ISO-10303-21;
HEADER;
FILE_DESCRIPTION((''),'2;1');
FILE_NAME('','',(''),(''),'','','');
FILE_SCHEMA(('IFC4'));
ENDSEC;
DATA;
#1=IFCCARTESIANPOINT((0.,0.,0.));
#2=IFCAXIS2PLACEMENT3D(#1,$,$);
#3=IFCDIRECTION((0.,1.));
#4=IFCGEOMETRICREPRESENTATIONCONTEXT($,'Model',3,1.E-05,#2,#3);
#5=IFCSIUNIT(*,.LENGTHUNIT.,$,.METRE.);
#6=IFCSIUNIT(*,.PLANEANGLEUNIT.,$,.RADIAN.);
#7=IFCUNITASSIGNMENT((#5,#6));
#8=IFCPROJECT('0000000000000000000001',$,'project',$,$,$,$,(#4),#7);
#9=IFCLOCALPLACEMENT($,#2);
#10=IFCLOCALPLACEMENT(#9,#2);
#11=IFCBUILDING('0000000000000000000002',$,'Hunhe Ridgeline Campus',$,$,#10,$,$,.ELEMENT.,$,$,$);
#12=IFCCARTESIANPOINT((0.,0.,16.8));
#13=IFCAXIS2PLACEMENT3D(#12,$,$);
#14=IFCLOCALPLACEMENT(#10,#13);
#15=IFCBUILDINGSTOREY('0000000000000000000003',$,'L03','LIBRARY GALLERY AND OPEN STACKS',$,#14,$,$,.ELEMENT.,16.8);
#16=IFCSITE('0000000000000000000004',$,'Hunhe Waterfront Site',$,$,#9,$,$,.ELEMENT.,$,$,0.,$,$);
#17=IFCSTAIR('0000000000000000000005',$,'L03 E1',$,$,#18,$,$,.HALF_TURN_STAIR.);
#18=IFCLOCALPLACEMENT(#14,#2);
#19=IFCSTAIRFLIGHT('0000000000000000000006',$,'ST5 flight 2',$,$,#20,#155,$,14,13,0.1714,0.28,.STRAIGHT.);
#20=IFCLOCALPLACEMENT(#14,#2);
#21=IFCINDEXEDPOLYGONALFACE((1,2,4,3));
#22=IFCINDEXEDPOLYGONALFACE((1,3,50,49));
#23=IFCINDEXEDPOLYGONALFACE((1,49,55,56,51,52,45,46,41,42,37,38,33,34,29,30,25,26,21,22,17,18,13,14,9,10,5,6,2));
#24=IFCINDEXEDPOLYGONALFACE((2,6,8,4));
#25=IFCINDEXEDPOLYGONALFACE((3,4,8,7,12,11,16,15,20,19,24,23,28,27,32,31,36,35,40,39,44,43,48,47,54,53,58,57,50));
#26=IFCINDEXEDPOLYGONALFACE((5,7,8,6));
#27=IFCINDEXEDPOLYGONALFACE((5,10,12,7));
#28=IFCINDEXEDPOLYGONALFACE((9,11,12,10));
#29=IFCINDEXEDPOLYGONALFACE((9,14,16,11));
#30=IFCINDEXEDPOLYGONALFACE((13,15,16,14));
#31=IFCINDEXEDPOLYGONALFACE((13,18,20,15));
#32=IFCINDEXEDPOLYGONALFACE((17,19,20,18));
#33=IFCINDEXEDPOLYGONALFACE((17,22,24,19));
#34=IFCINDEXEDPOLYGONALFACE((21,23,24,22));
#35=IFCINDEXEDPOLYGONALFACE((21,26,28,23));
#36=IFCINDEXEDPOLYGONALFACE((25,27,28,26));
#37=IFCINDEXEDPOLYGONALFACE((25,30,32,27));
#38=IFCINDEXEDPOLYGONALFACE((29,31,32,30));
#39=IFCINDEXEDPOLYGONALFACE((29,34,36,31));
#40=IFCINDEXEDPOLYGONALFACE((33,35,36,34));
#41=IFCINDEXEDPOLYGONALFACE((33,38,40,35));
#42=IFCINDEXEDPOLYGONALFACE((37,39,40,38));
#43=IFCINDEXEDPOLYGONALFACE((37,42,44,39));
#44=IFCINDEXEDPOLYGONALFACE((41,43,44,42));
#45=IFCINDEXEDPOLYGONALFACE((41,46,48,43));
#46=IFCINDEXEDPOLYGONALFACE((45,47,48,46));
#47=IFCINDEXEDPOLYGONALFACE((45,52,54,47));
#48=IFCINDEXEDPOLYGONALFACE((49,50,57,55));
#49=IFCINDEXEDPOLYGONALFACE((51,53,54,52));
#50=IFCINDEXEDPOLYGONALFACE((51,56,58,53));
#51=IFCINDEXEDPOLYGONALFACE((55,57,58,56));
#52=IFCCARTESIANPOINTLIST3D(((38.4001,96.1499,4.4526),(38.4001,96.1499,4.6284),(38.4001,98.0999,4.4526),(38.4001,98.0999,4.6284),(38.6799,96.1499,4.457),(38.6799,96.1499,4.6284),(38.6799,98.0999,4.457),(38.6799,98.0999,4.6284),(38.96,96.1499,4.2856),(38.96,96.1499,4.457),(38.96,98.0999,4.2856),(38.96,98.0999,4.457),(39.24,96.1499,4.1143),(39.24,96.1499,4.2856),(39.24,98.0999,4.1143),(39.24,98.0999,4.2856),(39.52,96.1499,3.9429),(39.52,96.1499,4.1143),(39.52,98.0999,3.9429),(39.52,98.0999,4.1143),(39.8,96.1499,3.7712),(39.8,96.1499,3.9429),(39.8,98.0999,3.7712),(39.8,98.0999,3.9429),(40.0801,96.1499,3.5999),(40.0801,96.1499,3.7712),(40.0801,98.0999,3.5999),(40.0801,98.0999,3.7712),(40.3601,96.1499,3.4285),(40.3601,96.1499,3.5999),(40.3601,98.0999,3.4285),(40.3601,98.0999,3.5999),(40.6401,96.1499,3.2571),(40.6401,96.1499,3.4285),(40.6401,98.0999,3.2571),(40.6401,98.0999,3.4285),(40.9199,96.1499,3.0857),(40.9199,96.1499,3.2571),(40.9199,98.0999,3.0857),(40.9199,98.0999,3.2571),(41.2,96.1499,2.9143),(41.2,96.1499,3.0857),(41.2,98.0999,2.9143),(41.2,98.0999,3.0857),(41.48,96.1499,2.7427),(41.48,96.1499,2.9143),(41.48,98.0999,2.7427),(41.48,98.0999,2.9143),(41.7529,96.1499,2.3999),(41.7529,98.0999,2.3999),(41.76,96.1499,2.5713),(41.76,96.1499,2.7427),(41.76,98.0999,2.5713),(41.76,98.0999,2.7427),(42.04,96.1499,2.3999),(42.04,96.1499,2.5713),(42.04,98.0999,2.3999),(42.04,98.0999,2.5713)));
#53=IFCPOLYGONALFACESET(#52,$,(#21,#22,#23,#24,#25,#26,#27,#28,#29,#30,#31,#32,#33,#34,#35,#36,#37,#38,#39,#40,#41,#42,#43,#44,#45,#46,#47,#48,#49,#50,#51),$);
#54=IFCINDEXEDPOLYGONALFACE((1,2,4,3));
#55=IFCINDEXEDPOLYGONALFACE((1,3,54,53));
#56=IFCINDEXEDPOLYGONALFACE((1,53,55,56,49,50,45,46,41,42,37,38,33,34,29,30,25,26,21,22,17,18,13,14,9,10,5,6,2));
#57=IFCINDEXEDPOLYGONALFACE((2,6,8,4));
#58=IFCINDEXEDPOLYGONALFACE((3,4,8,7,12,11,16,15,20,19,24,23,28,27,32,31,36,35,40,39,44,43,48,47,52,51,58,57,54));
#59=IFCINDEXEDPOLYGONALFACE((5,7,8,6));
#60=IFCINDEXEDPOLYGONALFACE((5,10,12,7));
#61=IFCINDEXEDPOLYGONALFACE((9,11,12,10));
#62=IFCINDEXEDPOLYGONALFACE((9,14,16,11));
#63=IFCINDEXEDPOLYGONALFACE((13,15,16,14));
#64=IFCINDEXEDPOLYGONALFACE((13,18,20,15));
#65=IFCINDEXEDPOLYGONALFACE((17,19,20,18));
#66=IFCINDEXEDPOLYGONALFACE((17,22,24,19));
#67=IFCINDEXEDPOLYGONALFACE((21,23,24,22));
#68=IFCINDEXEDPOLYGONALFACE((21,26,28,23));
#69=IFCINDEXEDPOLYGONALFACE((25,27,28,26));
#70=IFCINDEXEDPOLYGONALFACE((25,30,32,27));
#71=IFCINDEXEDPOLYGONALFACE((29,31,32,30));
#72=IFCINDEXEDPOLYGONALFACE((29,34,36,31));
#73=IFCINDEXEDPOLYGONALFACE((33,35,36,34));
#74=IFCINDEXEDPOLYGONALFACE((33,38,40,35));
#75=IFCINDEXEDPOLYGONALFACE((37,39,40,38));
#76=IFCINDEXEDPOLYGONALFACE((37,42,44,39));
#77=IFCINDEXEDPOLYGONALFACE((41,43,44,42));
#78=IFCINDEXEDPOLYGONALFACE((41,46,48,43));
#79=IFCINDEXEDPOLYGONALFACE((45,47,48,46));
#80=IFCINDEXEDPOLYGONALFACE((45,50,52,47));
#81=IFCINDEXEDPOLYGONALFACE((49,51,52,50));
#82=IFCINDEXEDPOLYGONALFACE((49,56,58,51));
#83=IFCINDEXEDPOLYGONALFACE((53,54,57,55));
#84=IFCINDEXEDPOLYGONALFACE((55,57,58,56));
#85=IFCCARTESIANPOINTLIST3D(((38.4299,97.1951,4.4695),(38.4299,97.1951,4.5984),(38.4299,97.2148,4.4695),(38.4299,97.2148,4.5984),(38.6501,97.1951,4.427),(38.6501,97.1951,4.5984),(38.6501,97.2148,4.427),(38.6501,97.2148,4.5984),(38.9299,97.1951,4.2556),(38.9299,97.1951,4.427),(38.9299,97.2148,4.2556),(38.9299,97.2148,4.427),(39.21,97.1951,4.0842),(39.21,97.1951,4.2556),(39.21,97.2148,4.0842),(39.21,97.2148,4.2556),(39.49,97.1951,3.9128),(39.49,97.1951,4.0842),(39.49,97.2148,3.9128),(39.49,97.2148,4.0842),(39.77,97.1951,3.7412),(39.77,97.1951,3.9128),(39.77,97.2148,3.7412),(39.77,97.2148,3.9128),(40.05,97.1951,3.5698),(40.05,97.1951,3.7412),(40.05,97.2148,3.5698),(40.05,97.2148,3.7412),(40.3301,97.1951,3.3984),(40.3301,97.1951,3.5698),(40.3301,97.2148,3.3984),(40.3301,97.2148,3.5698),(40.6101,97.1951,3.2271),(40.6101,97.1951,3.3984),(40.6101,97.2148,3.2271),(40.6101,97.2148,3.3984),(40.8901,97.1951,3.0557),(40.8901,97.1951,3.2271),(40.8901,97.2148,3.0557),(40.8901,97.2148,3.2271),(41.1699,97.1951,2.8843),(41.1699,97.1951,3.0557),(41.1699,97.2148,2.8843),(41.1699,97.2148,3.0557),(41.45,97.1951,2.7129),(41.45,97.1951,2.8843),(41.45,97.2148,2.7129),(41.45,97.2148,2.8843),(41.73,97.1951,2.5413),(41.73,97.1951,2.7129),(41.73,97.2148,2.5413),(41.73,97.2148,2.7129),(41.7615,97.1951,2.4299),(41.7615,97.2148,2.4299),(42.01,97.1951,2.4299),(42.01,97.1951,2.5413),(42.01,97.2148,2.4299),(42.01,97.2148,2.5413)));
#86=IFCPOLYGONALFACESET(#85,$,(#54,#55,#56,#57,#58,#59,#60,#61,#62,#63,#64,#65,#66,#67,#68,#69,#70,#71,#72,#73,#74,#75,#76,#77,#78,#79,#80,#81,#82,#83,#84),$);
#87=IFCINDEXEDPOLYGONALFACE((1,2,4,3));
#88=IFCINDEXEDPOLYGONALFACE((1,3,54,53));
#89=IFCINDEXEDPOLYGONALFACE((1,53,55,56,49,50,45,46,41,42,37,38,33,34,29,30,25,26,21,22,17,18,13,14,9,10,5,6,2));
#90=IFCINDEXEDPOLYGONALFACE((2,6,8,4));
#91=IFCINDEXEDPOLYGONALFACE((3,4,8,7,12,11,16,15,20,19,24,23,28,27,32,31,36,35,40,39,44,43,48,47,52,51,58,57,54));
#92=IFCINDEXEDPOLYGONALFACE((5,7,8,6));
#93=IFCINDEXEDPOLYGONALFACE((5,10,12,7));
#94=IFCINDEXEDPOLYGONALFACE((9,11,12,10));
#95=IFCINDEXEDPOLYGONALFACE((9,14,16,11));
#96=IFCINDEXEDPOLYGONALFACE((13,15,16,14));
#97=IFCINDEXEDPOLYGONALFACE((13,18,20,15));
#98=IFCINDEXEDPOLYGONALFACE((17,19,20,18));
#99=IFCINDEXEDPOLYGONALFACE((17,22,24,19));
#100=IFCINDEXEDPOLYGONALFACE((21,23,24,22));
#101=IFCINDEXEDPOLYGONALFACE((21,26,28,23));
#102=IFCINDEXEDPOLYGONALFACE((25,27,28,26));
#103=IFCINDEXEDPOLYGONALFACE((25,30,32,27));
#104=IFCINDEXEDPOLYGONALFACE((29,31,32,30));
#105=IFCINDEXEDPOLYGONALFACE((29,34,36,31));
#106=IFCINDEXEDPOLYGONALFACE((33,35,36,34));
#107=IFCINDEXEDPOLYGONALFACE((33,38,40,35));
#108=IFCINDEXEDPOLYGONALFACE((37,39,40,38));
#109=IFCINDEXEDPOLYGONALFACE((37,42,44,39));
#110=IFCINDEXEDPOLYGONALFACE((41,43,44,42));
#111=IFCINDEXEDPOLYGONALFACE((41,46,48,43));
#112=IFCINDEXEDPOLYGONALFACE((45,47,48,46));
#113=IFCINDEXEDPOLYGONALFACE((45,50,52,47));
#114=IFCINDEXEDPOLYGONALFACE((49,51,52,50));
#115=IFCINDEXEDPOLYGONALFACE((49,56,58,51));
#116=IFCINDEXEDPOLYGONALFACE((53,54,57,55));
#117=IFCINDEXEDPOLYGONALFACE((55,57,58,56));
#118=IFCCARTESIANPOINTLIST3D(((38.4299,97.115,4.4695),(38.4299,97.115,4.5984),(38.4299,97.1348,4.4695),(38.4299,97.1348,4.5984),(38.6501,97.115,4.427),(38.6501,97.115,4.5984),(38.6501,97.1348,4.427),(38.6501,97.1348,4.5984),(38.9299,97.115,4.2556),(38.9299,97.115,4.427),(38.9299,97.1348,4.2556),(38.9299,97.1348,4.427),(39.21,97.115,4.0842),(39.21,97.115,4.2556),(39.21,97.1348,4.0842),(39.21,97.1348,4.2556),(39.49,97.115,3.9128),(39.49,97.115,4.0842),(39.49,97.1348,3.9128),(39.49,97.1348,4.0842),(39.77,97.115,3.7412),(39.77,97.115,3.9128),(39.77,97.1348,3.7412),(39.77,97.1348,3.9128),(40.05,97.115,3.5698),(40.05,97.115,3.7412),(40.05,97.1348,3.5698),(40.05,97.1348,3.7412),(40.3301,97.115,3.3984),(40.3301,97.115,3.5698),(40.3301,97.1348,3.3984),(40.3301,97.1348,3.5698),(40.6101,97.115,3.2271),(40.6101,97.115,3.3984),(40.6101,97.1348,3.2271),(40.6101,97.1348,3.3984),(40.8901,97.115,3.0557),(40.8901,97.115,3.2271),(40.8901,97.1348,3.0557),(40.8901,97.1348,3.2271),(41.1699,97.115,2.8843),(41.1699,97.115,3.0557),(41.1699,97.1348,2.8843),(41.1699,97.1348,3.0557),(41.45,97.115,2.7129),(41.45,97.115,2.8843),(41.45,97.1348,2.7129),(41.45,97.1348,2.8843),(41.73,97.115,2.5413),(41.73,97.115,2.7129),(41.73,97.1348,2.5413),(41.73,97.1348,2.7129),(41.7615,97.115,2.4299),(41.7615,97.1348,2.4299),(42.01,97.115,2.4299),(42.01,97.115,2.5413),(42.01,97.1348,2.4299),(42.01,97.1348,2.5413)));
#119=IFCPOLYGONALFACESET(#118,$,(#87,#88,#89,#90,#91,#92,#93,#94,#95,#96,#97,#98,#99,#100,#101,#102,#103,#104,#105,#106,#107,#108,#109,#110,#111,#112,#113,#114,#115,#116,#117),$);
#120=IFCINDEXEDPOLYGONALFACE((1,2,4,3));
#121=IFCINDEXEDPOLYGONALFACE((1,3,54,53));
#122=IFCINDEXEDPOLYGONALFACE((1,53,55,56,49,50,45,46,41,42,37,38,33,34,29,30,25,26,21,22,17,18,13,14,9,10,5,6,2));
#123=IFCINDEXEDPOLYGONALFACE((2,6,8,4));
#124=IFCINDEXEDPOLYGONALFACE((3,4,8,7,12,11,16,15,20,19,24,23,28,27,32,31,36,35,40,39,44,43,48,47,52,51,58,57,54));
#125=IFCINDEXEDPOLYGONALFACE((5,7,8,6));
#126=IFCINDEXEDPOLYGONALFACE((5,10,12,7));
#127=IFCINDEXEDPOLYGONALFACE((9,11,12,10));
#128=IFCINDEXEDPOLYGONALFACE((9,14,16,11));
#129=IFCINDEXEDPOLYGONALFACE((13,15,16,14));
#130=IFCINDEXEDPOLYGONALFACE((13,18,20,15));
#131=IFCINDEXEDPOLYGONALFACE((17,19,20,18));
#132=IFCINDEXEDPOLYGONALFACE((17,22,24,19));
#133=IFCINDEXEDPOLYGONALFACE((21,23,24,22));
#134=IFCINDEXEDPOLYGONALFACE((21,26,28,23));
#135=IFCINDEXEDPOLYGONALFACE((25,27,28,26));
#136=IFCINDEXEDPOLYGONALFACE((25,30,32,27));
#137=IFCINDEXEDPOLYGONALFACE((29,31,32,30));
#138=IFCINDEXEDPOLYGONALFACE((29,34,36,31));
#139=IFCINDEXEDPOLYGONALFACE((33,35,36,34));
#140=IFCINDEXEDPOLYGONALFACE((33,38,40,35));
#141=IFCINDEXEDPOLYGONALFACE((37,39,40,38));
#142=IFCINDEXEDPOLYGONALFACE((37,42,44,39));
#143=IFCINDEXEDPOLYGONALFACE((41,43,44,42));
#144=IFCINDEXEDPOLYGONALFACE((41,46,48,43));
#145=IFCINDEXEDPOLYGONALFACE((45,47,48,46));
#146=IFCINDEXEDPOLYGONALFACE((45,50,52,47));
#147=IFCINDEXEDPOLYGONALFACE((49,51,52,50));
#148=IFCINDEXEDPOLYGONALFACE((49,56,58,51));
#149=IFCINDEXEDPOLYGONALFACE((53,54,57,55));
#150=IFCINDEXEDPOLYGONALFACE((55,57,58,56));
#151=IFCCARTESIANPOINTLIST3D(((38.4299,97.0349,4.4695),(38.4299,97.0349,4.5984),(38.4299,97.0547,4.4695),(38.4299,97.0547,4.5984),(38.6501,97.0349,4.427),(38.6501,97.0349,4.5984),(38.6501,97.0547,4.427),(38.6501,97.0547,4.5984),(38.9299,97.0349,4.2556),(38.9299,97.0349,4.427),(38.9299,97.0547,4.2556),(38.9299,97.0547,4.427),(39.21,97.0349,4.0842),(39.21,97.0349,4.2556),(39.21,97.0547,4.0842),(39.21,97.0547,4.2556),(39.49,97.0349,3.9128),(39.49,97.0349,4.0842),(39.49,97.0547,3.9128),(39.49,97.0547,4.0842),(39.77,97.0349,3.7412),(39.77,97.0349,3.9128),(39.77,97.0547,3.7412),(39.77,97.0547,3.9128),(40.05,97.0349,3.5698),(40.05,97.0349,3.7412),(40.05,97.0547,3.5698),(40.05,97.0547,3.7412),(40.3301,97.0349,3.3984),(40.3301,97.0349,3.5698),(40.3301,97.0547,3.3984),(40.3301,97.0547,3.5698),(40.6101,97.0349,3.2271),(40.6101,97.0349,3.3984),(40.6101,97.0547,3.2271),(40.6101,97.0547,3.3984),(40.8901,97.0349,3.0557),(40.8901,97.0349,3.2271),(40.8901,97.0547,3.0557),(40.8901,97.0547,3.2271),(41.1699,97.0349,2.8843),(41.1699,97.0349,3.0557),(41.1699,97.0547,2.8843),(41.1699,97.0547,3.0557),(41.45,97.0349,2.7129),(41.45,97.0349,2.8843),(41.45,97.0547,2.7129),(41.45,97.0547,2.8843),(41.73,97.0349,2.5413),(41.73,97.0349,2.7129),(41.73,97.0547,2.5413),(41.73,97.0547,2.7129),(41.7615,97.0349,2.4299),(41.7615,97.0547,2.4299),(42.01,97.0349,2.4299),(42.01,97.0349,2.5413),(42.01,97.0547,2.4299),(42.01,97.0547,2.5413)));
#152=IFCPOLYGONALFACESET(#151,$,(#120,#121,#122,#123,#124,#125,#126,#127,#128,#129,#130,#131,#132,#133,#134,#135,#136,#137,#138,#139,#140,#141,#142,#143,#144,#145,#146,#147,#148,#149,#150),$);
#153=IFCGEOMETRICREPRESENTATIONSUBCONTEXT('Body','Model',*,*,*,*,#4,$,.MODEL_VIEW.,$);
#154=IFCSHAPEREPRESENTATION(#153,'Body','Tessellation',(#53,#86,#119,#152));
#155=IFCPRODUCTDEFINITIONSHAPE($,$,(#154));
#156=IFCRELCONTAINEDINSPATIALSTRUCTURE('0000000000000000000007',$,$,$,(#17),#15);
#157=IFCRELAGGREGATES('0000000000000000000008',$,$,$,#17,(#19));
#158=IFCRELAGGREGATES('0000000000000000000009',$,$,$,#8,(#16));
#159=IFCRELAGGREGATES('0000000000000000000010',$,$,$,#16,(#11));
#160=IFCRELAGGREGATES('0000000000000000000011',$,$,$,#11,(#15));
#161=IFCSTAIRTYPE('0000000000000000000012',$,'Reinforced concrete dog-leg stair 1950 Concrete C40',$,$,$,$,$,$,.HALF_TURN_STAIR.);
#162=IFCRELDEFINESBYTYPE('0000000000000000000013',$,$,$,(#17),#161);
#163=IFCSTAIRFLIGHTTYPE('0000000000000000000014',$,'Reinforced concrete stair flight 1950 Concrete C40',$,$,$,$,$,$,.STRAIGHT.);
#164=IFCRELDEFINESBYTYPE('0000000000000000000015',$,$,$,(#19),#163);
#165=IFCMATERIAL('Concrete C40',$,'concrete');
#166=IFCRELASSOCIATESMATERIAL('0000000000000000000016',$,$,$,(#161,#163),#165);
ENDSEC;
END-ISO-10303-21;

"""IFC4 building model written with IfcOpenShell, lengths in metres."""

from ifc_helpers import new_model, si_unit, direction, frame, origin, place, context, subcontext, project, spatial, polyline, outline, extrude, material, type_object, element, aggregate, save


model = new_model("IFC4")

# Units and contexts
model_context = context("Model", 3, precision=1e-05, world=origin(), true_north=direction((0.0, 1.0)))
body_context = subcontext(model_context, "Body", "Model", "MODEL_VIEW")
ifc_project = project(units=[si_unit("LENGTHUNIT", "METRE"), si_unit("PLANEANGLEUNIT", "RADIAN")], contexts=[model_context])

# Site, building, storey
site_placement = place(None, origin())
site = spatial("IfcSite", under=ifc_project, at=site_placement, Name="Hunhe Waterfront Site", CompositionType="ELEMENT", RefElevation=0.0)
building_placement = place(site_placement, origin())
building = spatial("IfcBuilding", under=site, at=building_placement, Name="Hunhe Ridgeline Campus", CompositionType="ELEMENT")
storey_placement = place(building_placement, frame((0.0, 0.0, 16.8)))
storey = spatial("IfcBuildingStorey", under=building, at=storey_placement, Name="L03", Description="LIBRARY GALLERY AND OPEN STACKS", CompositionType="ELEMENT", Elevation=16.8)

# Stair, stair flight
ifc_material_1 = material(Name="Concrete C40", Category="concrete")
stair_type = type_object("IfcStairType", Name="Reinforced concrete dog-leg stair 1950 Concrete C40", PredefinedType="HALF_TURN_STAIR", material=ifc_material_1)
stair_placement = place(storey_placement, origin())
stair = element("IfcStair", 1, at=stair_placement, inside=storey, type_object=stair_type, Name="L03 E1", PredefinedType="HALF_TURN_STAIR")
stair_flight_type = type_object("IfcStairFlightType", Name="Reinforced concrete stair flight 1950 Concrete C40", PredefinedType="STRAIGHT", material=ifc_material_1)
stair_flight_1_placement = place(storey_placement, frame((42.04, 97.125, 2.3999), z_axis=(0.0, 0.0, 1.0), x_axis=(-1.0, 0.0, 0.0)))
stair_flight_1 = element("IfcStairFlight", 2, at=stair_flight_1_placement, type_object=stair_flight_type, Name="ST5 flight 2", NumberOfRisers=14, NumberOfTreads=13, PredefinedType="STRAIGHT", RiserHeight=0.1714, TreadLength=0.28, context=body_context, shape_type="SweptSolid", body=[
    extrude(outline(polyline([(0.0, 0.0), (0.0, 0.1714), (0.28, 0.1714), (0.28, 0.3428), (0.5601, 0.3428), (0.5601, 0.5144), (0.8401, 0.5144), (0.8401, 0.6858), (1.1201, 0.6858), (1.1201, 0.8572), (1.3999, 0.8572), (1.3999, 1.0286), (1.6799, 1.0286), (1.6799, 1.2), (1.96, 1.2), (1.96, 1.3713), (2.24, 1.3713), (2.24, 1.543), (2.52, 1.543), (2.52, 1.7144), (2.8, 1.7144), (2.8, 1.8857), (3.0801, 1.8857), (3.0801, 2.0571), (3.3601, 2.0571), (3.3601, 2.2285), (3.6399, 2.2285), (3.6399, 2.3999), (3.6399, 2.0527), (0.2871, 0.0), (0.0, 0.0)])), frame((0.0, 0.9751, 0.0), z_axis=(0.0, -1.0, 0.0), x_axis=(1.0, 0.0, 0.0)), (0.0, 0.0, 1.0), 1.95),
    extrude(outline(polyline([(0.03, 0.03), (0.03, 0.1414), (0.3101, 0.1414), (0.3101, 0.313), (0.5901, 0.313), (0.5901, 0.4844), (0.8701, 0.4844), (0.8701, 0.6558), (1.1499, 0.6558), (1.1499, 0.8271), (1.4299, 0.8271), (1.4299, 0.9985), (1.71, 0.9985), (1.71, 1.1699), (1.99, 1.1699), (1.99, 1.3413), (2.27, 1.3413), (2.27, 1.5129), (2.55, 1.5129), (2.55, 1.6843), (2.8301, 1.6843), (2.8301, 1.8557), (3.1101, 1.8557), (3.1101, 2.0271), (3.3899, 2.0271), (3.3899, 2.1985), (3.6101, 2.1985), (3.6101, 2.0696), (0.2786, 0.03), (0.03, 0.03)])), frame((0.0, -0.0701, 0.0), z_axis=(0.0, -1.0, 0.0), x_axis=(1.0, 0.0, 0.0)), (0.0, 0.0, 1.0), 0.0198),
    extrude(outline(polyline([(0.03, 0.03), (0.03, 0.1414), (0.3101, 0.1414), (0.3101, 0.313), (0.5901, 0.313), (0.5901, 0.4844), (0.8701, 0.4844), (0.8701, 0.6558), (1.1499, 0.6558), (1.1499, 0.8271), (1.4299, 0.8271), (1.4299, 0.9985), (1.71, 0.9985), (1.71, 1.1699), (1.99, 1.1699), (1.99, 1.3413), (2.27, 1.3413), (2.27, 1.5129), (2.55, 1.5129), (2.55, 1.6843), (2.8301, 1.6843), (2.8301, 1.8557), (3.1101, 1.8557), (3.1101, 2.0271), (3.3899, 2.0271), (3.3899, 2.1985), (3.6101, 2.1985), (3.6101, 2.0696), (0.2786, 0.03), (0.03, 0.03)])), frame((0.0, 0.01, 0.0), z_axis=(0.0, -1.0, 0.0), x_axis=(1.0, 0.0, 0.0)), (0.0, 0.0, 1.0), 0.0198),
    extrude(outline(polyline([(0.03, 0.03), (0.03, 0.1414), (0.3101, 0.1414), (0.3101, 0.313), (0.5901, 0.313), (0.5901, 0.4844), (0.8701, 0.4844), (0.8701, 0.6558), (1.1499, 0.6558), (1.1499, 0.8271), (1.4299, 0.8271), (1.4299, 0.9985), (1.71, 0.9985), (1.71, 1.1699), (1.99, 1.1699), (1.99, 1.3413), (2.27, 1.3413), (2.27, 1.5129), (2.55, 1.5129), (2.55, 1.6843), (2.8301, 1.6843), (2.8301, 1.8557), (3.1101, 1.8557), (3.1101, 2.0271), (3.3899, 2.0271), (3.3899, 2.1985), (3.6101, 2.1985), (3.6101, 2.0696), (0.2786, 0.03), (0.03, 0.03)])), frame((0.0, 0.0901, 0.0), z_axis=(0.0, -1.0, 0.0), x_axis=(1.0, 0.0, 0.0)), (0.0, 0.0, 1.0), 0.0198),
])
aggregate(stair, [stair_flight_1])

save(model, "model.ifc")
